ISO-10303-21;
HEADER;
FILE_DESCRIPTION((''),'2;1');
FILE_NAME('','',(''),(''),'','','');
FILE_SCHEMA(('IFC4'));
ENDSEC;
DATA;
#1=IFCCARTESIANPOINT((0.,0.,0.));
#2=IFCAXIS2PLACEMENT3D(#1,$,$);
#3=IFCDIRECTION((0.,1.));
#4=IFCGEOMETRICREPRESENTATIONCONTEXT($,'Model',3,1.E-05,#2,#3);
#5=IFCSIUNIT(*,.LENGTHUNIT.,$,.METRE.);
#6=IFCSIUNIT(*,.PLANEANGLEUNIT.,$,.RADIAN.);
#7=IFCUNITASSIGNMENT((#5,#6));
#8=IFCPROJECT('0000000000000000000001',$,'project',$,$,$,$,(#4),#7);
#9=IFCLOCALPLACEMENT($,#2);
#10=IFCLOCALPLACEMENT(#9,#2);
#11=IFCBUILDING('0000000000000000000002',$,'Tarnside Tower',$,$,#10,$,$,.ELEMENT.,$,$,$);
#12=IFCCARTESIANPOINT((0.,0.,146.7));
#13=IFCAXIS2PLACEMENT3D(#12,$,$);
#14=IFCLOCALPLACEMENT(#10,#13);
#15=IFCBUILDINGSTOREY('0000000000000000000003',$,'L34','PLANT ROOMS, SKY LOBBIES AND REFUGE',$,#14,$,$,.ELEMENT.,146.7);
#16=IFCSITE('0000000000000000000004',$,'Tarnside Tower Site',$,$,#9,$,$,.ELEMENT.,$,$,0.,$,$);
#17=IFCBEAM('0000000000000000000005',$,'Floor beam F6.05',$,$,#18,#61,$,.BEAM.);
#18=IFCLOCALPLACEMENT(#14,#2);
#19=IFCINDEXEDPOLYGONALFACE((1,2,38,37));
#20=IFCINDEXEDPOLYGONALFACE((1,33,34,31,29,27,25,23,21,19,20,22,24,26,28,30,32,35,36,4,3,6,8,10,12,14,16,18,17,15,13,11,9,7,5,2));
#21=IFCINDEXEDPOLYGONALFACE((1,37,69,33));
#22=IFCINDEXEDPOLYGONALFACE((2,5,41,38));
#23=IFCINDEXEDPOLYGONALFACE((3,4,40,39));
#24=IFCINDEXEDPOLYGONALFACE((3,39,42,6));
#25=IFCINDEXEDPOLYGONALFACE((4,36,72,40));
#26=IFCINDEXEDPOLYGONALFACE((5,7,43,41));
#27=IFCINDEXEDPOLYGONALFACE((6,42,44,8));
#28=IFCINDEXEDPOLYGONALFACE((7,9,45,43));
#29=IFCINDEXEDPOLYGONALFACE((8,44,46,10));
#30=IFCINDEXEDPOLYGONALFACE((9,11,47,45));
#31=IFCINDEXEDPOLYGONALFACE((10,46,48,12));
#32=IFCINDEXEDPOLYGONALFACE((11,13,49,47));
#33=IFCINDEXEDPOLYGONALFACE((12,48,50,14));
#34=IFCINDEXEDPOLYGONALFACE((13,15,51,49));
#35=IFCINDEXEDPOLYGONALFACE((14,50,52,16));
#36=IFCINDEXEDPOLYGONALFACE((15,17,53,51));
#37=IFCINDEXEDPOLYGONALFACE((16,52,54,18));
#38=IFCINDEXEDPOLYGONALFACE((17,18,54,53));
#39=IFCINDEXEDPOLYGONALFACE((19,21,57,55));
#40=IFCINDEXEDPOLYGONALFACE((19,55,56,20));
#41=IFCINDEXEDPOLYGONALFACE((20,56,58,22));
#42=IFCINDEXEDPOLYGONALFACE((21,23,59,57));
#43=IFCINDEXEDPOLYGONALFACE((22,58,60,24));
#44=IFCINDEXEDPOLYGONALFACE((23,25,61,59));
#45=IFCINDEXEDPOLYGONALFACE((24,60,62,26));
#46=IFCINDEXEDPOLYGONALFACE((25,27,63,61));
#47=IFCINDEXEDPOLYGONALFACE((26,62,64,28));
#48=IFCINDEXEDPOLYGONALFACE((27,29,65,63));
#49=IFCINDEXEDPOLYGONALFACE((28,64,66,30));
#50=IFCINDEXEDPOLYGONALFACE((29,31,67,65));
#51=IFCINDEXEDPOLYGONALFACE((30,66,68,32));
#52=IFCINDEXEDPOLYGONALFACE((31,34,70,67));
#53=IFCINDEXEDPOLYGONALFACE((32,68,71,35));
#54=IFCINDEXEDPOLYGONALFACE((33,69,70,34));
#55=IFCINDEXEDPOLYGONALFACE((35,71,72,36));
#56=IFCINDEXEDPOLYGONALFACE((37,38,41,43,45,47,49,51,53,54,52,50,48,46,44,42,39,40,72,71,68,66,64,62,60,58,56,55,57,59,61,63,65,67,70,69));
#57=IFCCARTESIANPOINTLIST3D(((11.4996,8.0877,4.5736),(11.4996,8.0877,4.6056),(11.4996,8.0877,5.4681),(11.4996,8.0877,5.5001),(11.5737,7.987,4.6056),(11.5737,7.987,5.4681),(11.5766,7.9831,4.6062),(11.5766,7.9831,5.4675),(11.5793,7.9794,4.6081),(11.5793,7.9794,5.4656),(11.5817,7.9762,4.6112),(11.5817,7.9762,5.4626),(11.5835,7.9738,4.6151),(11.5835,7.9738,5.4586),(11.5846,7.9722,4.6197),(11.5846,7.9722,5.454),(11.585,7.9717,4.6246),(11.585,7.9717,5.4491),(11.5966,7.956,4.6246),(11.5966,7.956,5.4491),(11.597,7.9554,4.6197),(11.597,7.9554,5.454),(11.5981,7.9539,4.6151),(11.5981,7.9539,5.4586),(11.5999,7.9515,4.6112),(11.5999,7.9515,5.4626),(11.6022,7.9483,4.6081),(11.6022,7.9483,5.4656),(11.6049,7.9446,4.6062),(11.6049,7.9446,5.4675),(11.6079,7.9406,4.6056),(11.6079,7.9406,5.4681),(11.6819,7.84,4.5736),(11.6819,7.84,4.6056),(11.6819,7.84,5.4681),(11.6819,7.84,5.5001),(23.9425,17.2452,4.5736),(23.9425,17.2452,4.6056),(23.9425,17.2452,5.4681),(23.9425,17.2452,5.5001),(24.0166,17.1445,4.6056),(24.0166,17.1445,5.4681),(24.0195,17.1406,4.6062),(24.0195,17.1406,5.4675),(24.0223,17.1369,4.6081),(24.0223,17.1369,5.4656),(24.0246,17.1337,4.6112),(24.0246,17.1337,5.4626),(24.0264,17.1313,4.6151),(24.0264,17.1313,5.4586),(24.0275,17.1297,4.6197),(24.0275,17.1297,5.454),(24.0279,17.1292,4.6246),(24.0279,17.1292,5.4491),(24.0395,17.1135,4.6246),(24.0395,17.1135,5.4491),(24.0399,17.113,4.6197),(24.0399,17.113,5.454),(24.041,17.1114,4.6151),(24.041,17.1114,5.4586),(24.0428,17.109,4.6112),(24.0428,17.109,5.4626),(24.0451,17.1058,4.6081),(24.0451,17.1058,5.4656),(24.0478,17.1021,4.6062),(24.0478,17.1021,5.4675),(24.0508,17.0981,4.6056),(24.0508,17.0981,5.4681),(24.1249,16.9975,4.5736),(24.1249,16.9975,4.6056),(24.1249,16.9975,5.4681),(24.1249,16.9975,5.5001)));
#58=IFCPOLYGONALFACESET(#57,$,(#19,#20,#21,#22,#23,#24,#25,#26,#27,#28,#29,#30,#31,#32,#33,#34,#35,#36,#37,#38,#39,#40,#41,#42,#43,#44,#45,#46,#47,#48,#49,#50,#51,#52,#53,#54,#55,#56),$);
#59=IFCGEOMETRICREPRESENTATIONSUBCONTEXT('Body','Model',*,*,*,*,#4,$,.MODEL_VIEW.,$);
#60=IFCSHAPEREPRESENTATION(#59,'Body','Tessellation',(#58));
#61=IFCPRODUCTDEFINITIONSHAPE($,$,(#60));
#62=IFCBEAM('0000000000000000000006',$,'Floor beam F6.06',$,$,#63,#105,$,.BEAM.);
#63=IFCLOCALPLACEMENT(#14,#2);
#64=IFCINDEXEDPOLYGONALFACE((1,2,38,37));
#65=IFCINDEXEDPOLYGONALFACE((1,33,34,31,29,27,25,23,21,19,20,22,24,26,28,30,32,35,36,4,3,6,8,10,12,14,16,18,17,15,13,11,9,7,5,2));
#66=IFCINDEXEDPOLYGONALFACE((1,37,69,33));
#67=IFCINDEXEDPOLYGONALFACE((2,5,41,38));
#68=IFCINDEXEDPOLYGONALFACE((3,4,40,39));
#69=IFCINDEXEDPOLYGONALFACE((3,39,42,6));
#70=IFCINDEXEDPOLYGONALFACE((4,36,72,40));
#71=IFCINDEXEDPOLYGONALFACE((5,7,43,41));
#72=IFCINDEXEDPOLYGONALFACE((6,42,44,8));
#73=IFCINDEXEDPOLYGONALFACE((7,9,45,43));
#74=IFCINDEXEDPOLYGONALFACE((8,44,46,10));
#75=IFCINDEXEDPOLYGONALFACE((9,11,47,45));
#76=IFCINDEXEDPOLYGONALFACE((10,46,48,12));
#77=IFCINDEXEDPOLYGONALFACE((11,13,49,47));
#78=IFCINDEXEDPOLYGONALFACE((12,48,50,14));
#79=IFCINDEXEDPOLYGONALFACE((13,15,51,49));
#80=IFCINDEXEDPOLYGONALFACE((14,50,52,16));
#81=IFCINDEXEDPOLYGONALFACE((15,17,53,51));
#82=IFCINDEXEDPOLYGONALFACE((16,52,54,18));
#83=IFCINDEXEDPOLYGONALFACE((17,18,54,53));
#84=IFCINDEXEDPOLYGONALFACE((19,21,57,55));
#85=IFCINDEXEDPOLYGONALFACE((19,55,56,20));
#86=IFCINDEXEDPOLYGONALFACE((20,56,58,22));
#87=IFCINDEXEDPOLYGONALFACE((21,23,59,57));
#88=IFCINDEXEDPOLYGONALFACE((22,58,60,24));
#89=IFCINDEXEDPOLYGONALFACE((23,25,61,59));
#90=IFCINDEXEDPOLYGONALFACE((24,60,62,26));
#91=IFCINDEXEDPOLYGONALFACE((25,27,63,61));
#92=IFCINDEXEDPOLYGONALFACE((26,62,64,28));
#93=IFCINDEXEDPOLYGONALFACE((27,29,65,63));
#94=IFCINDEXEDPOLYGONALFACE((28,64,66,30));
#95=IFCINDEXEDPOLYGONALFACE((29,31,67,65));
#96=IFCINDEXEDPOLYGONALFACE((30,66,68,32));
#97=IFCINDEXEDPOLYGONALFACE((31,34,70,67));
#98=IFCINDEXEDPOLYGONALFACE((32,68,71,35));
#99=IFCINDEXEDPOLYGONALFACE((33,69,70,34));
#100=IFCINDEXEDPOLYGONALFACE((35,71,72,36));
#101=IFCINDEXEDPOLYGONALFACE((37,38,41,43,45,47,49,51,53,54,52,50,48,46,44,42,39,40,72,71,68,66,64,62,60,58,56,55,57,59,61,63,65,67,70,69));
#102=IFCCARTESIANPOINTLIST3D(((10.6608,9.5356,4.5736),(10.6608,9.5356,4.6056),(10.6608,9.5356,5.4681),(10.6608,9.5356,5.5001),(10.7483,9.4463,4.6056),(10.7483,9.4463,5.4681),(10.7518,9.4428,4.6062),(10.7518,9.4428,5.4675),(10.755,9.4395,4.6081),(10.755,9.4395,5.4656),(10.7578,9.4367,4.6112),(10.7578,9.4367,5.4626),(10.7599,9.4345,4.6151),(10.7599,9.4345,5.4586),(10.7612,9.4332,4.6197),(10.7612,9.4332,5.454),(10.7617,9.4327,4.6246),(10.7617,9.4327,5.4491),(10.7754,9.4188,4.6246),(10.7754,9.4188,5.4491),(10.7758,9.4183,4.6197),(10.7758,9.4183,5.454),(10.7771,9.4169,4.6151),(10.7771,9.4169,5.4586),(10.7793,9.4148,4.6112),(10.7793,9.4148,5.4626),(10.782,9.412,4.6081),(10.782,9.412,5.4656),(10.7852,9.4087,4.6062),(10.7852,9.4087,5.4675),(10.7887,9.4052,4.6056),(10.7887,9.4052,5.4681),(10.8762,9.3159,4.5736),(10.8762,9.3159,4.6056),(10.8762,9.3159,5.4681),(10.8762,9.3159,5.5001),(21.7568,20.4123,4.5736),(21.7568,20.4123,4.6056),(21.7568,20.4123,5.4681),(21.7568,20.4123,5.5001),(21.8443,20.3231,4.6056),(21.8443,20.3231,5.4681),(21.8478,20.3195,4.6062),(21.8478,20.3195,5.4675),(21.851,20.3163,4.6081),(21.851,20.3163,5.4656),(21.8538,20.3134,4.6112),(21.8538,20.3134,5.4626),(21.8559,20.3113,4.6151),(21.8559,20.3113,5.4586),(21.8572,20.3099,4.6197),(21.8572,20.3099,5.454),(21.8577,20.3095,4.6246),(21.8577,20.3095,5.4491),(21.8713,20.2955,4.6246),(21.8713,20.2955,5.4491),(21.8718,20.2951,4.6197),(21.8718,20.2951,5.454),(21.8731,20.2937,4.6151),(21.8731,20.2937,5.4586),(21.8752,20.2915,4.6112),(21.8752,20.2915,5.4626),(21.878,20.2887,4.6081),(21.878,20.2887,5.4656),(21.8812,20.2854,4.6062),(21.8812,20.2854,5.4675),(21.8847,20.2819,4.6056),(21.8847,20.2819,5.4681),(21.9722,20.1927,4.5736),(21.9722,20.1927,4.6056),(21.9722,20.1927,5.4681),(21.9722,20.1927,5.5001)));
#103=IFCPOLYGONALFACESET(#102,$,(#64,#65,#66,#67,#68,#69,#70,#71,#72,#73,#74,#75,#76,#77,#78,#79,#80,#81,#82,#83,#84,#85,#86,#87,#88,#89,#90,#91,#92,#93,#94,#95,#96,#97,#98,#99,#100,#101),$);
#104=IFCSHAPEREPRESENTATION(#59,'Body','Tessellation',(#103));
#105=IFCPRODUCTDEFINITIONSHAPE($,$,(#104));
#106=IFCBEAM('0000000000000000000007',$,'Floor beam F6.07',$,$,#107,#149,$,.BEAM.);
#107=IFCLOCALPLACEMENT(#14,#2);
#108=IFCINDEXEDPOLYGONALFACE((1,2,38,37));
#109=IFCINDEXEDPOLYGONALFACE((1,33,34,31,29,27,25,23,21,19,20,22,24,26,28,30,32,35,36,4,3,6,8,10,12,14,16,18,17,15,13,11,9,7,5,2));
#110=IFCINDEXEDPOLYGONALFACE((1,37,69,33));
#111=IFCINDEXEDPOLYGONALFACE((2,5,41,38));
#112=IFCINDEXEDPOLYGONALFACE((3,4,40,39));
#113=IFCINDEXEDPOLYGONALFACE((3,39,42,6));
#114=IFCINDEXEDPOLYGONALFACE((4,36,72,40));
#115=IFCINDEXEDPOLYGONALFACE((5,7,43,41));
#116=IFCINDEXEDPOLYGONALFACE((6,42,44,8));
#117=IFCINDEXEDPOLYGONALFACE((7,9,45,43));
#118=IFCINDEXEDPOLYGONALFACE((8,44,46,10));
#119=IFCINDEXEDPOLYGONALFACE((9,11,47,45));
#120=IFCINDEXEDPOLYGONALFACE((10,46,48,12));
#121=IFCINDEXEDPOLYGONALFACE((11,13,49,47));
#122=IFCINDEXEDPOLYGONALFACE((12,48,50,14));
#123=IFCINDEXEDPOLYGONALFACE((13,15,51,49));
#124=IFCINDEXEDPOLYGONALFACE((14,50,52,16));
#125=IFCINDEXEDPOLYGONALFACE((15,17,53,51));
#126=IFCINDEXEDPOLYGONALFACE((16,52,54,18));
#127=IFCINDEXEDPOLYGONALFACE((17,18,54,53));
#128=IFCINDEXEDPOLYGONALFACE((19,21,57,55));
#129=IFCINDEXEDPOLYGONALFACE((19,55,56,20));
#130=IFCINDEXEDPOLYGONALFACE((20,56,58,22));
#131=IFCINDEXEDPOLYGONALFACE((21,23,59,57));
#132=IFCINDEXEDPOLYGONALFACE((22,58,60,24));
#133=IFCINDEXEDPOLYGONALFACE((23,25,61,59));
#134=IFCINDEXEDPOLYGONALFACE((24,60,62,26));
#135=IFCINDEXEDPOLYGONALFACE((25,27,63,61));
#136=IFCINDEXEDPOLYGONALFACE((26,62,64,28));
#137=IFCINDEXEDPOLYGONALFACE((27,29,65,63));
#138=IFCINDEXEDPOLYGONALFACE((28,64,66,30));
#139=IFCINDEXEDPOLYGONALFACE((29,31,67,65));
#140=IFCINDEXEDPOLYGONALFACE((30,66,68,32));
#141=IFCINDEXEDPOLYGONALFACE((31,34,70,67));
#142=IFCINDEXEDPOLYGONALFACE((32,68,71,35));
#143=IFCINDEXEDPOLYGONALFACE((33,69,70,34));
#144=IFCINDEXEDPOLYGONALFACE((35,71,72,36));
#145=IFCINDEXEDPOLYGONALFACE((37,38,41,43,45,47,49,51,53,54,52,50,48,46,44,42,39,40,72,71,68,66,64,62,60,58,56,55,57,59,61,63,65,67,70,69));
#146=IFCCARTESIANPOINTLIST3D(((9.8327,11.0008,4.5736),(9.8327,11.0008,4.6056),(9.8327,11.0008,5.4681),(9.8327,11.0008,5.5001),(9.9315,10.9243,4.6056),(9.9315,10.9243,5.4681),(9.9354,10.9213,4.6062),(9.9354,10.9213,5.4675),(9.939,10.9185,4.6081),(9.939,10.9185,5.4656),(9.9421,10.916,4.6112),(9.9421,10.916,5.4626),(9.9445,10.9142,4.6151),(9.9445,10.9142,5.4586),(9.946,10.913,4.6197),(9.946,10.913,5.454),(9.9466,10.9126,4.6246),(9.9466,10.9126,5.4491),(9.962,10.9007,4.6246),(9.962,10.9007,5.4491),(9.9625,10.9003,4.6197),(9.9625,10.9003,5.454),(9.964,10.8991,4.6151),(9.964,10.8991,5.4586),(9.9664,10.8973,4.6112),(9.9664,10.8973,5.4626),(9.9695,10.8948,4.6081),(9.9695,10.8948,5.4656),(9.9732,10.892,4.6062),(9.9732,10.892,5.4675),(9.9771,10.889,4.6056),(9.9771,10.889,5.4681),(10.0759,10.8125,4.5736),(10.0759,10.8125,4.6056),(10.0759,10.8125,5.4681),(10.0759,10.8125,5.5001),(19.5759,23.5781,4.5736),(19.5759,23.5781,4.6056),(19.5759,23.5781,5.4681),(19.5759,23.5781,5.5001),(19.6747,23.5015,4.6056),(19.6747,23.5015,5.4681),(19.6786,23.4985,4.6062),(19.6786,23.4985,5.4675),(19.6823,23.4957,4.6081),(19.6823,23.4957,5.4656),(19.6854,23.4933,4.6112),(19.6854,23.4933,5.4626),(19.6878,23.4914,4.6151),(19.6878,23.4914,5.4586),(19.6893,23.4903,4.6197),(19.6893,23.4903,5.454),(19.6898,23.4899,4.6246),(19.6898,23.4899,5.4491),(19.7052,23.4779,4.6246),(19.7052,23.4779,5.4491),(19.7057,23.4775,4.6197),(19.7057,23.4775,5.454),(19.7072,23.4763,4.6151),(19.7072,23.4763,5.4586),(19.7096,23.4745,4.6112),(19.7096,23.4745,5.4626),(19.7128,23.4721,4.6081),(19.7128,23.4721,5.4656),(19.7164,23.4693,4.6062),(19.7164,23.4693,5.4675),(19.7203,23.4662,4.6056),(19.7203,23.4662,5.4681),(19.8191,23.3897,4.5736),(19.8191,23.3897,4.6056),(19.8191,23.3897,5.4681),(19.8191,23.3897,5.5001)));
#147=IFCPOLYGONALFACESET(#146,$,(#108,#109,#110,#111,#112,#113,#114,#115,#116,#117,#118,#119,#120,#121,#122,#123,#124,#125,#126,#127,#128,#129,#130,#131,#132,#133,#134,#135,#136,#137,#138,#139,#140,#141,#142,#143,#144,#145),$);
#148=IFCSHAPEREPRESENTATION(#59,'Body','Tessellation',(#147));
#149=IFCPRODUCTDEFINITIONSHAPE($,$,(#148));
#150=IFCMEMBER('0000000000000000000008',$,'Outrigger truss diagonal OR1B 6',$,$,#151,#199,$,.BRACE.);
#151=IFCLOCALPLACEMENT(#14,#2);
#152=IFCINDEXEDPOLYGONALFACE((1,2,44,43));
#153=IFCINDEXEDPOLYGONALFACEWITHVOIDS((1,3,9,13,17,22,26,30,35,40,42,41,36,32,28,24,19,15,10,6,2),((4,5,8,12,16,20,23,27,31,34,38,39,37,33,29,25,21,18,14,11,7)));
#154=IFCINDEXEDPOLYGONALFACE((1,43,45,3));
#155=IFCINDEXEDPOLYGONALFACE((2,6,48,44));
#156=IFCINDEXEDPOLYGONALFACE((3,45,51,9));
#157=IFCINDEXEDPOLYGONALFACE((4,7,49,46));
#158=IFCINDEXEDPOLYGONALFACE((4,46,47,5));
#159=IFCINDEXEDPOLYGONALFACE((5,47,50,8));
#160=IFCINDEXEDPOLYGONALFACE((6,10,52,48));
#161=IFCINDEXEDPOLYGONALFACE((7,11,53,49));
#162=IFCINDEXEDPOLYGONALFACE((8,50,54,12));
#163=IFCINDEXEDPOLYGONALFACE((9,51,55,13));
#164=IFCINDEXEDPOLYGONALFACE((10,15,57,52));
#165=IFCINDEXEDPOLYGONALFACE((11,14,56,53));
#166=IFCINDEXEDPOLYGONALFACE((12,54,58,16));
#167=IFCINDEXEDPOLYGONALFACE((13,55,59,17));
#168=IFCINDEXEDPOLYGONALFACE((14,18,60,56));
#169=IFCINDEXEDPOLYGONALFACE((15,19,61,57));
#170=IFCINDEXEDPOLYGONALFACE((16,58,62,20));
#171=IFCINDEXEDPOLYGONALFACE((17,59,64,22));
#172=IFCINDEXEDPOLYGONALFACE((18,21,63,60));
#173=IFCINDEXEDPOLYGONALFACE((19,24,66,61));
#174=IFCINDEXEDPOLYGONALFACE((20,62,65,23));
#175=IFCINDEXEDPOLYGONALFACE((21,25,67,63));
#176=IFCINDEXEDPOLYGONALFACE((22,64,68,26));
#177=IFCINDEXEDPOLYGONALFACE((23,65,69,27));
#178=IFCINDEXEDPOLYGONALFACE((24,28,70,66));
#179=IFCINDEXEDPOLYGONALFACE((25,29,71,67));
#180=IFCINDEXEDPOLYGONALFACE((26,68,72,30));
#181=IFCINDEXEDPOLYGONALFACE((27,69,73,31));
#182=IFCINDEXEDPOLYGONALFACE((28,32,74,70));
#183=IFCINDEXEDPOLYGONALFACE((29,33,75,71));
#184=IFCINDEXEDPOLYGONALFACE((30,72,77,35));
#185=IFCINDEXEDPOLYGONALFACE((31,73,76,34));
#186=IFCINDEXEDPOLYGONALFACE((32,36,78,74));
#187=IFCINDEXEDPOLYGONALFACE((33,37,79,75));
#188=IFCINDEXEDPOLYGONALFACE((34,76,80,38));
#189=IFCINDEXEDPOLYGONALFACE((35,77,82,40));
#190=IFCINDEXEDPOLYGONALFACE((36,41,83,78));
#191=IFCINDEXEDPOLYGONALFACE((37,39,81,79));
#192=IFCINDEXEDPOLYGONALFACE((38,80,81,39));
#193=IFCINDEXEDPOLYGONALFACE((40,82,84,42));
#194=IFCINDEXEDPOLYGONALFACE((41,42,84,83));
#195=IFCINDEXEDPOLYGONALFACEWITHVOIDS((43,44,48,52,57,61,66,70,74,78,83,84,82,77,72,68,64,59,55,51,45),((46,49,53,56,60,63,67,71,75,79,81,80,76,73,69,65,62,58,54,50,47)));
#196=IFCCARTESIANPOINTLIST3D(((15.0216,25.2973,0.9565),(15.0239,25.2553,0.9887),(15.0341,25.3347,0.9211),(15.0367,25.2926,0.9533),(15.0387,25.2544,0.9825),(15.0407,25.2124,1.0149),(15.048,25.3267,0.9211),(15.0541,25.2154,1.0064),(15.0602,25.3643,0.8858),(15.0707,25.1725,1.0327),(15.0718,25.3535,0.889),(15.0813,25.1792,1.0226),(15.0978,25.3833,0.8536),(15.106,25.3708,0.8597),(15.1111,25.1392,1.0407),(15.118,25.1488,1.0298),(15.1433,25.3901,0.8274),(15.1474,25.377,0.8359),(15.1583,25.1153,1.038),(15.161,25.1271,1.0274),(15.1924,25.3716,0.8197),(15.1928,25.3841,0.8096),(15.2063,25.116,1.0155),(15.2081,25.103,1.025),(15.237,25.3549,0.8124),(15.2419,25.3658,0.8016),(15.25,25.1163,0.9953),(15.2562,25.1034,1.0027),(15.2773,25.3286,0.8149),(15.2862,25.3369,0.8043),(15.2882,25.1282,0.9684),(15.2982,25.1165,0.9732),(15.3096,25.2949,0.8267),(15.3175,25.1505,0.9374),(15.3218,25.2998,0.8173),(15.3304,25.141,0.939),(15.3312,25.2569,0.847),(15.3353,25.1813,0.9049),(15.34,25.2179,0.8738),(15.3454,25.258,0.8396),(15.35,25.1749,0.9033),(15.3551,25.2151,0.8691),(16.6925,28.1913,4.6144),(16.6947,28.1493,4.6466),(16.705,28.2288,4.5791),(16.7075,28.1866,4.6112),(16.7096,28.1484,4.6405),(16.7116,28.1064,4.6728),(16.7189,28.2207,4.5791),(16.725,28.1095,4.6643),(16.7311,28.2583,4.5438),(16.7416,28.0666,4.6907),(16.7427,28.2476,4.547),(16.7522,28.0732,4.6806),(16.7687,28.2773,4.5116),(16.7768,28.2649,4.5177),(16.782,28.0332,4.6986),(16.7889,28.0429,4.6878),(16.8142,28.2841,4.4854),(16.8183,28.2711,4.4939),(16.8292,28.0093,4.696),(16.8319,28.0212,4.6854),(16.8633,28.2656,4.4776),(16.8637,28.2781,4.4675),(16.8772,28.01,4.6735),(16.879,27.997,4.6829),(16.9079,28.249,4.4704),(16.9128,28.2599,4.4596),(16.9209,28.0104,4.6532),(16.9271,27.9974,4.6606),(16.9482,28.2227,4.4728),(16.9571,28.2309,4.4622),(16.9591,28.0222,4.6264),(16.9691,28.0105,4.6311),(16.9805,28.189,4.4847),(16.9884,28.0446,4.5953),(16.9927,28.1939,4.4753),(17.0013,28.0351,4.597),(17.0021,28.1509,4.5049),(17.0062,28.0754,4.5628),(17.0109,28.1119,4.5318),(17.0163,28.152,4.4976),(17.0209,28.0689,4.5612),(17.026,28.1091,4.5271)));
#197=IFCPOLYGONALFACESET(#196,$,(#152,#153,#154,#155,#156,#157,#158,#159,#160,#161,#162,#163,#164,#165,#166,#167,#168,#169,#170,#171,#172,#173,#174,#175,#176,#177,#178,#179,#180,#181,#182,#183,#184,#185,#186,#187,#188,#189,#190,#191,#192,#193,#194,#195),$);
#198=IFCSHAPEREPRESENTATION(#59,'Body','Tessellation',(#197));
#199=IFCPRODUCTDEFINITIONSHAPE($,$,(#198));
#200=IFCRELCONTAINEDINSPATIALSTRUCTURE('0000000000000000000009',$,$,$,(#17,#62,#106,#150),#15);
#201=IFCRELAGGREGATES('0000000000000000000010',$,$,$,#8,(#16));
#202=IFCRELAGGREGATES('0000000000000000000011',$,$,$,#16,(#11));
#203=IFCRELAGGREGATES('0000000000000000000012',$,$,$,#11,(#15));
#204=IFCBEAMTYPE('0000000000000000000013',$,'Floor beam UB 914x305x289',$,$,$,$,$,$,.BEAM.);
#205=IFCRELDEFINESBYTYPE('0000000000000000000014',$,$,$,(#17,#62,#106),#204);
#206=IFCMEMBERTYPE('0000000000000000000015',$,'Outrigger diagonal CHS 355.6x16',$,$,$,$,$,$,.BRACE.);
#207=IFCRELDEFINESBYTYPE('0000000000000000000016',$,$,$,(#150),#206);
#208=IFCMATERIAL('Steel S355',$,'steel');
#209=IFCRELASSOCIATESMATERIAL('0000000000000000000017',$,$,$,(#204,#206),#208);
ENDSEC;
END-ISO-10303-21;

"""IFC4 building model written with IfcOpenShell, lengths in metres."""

from ifc_helpers import new_model, si_unit, direction, frame, origin, origin_2d, place, context, subcontext, project, spatial, hollow_circle, i_section, extrude, material, material_profile, profile_set, type_object, element, save


model = new_model("IFC4")

# Units and contexts
model_context = context("Model", 3, precision=1e-05, world=origin(), true_north=direction((0.0, 1.0)))
body_context = subcontext(model_context, "Body", "Model", "MODEL_VIEW")
ifc_project = project(units=[si_unit("LENGTHUNIT", "METRE"), si_unit("PLANEANGLEUNIT", "RADIAN")], contexts=[model_context])

# Site, building, storey
site_placement = place(None, origin())
site = spatial("IfcSite", under=ifc_project, at=site_placement, Name="Tarnside Tower Site", CompositionType="ELEMENT", RefElevation=0.0)
building_placement = place(site_placement, origin())
building = spatial("IfcBuilding", under=site, at=building_placement, Name="Tarnside Tower", CompositionType="ELEMENT")
storey_placement = place(building_placement, frame((0.0, 0.0, 146.7)))
storey = spatial("IfcBuildingStorey", under=building, at=storey_placement, Name="L34", Description="PLANT ROOMS, SKY LOBBIES AND REFUGE", CompositionType="ELEMENT", Elevation=146.7)

# Beams
ifc_material_1 = material(Name="Steel S355", Category="steel")
ifc_material_profile_1 = material_profile(ifc_material_1, i_section(OverallWidth=0.3076, OverallDepth=0.9265, WebThickness=0.0195, FlangeThickness=0.032, FilletRadius=0.019, at=origin_2d()), Name="UB 914x305x289")
ifc_profile_set_1 = profile_set([ifc_material_profile_1], Name="Steel S355")
beam_type = type_object("IfcBeamType", Name="Floor beam UB 914x305x289", PredefinedType="BEAM", material=ifc_profile_set_1)
beam_1_placement = place(storey_placement, frame((24.0337, 17.1213, 5.0369), z_axis=(-0.805395, -0.592739, 0.0), x_axis=(0.592739, -0.805395, 0.0)))
element("IfcBeam", 1, at=beam_1_placement, inside=storey, type_object=beam_type, Name="Floor beam F6.05", PredefinedType="BEAM", context=body_context, shape_type="SweptSolid", body=[
    extrude(i_section(OverallWidth=0.3076, OverallDepth=0.9265, WebThickness=0.0195, FlangeThickness=0.032, FilletRadius=0.019, at=origin_2d()), origin(), (0.0, 0.0, 1.0), 15.4495),
])
beam_2_placement = place(storey_placement, frame((21.8645, 20.3025, 5.0369), z_axis=(-0.714127, -0.700017, 0.0), x_axis=(0.700017, -0.714127, 0.0)))
element("IfcBeam", 2, at=beam_2_placement, inside=storey, type_object=beam_type, Name="Floor beam F6.06", PredefinedType="BEAM", context=body_context, shape_type="SweptSolid", body=[
    extrude(i_section(OverallWidth=0.3076, OverallDepth=0.9265, WebThickness=0.0195, FlangeThickness=0.032, FilletRadius=0.019, at=origin_2d()), origin(), (0.0, 0.0, 1.0), 15.5378),
])
beam_3_placement = place(storey_placement, frame((19.6975, 23.4839, 5.0369), z_axis=(-0.61241, -0.790541, 0.0), x_axis=(0.790541, -0.61241, 0.0)))
element("IfcBeam", 3, at=beam_3_placement, inside=storey, type_object=beam_type, Name="Floor beam F6.07", PredefinedType="BEAM", context=body_context, shape_type="SweptSolid", body=[
    extrude(i_section(OverallWidth=0.3076, OverallDepth=0.9265, WebThickness=0.0195, FlangeThickness=0.032, FilletRadius=0.019, at=origin_2d()), origin(), (0.0, 0.0, 1.0), 15.9097),
])

# Member
ifc_material_profile_2 = material_profile(ifc_material_1, hollow_circle(Radius=0.1777, WallThickness=0.0161, at=origin_2d()), Name="CHS 355.6x16")
ifc_profile_set_2 = profile_set([ifc_material_profile_2], Name="Steel S355")
member_type_1 = type_object("IfcMemberType", Name="Outrigger diagonal CHS 355.6x16", PredefinedType="BRACE", material=ifc_profile_set_2)
member_1_placement = place(storey_placement, frame((15.188, 25.2458, 0.9211), z_axis=(0.337242, 0.584112, 0.738296), x_axis=(-0.866023, 0.500005, 0.0)))
element("IfcMember", 4, at=member_1_placement, inside=storey, type_object=member_type_1, Name="Outrigger truss diagonal OR1B 6", PredefinedType="BRACE", context=body_context, shape_type="SweptSolid", body=[
    extrude(hollow_circle(Radius=0.1777, WallThickness=0.0161, at=origin_2d()), origin(), (0.0, 0.0, 1.0), 4.9546),
])

save(model, "model.ifc")
